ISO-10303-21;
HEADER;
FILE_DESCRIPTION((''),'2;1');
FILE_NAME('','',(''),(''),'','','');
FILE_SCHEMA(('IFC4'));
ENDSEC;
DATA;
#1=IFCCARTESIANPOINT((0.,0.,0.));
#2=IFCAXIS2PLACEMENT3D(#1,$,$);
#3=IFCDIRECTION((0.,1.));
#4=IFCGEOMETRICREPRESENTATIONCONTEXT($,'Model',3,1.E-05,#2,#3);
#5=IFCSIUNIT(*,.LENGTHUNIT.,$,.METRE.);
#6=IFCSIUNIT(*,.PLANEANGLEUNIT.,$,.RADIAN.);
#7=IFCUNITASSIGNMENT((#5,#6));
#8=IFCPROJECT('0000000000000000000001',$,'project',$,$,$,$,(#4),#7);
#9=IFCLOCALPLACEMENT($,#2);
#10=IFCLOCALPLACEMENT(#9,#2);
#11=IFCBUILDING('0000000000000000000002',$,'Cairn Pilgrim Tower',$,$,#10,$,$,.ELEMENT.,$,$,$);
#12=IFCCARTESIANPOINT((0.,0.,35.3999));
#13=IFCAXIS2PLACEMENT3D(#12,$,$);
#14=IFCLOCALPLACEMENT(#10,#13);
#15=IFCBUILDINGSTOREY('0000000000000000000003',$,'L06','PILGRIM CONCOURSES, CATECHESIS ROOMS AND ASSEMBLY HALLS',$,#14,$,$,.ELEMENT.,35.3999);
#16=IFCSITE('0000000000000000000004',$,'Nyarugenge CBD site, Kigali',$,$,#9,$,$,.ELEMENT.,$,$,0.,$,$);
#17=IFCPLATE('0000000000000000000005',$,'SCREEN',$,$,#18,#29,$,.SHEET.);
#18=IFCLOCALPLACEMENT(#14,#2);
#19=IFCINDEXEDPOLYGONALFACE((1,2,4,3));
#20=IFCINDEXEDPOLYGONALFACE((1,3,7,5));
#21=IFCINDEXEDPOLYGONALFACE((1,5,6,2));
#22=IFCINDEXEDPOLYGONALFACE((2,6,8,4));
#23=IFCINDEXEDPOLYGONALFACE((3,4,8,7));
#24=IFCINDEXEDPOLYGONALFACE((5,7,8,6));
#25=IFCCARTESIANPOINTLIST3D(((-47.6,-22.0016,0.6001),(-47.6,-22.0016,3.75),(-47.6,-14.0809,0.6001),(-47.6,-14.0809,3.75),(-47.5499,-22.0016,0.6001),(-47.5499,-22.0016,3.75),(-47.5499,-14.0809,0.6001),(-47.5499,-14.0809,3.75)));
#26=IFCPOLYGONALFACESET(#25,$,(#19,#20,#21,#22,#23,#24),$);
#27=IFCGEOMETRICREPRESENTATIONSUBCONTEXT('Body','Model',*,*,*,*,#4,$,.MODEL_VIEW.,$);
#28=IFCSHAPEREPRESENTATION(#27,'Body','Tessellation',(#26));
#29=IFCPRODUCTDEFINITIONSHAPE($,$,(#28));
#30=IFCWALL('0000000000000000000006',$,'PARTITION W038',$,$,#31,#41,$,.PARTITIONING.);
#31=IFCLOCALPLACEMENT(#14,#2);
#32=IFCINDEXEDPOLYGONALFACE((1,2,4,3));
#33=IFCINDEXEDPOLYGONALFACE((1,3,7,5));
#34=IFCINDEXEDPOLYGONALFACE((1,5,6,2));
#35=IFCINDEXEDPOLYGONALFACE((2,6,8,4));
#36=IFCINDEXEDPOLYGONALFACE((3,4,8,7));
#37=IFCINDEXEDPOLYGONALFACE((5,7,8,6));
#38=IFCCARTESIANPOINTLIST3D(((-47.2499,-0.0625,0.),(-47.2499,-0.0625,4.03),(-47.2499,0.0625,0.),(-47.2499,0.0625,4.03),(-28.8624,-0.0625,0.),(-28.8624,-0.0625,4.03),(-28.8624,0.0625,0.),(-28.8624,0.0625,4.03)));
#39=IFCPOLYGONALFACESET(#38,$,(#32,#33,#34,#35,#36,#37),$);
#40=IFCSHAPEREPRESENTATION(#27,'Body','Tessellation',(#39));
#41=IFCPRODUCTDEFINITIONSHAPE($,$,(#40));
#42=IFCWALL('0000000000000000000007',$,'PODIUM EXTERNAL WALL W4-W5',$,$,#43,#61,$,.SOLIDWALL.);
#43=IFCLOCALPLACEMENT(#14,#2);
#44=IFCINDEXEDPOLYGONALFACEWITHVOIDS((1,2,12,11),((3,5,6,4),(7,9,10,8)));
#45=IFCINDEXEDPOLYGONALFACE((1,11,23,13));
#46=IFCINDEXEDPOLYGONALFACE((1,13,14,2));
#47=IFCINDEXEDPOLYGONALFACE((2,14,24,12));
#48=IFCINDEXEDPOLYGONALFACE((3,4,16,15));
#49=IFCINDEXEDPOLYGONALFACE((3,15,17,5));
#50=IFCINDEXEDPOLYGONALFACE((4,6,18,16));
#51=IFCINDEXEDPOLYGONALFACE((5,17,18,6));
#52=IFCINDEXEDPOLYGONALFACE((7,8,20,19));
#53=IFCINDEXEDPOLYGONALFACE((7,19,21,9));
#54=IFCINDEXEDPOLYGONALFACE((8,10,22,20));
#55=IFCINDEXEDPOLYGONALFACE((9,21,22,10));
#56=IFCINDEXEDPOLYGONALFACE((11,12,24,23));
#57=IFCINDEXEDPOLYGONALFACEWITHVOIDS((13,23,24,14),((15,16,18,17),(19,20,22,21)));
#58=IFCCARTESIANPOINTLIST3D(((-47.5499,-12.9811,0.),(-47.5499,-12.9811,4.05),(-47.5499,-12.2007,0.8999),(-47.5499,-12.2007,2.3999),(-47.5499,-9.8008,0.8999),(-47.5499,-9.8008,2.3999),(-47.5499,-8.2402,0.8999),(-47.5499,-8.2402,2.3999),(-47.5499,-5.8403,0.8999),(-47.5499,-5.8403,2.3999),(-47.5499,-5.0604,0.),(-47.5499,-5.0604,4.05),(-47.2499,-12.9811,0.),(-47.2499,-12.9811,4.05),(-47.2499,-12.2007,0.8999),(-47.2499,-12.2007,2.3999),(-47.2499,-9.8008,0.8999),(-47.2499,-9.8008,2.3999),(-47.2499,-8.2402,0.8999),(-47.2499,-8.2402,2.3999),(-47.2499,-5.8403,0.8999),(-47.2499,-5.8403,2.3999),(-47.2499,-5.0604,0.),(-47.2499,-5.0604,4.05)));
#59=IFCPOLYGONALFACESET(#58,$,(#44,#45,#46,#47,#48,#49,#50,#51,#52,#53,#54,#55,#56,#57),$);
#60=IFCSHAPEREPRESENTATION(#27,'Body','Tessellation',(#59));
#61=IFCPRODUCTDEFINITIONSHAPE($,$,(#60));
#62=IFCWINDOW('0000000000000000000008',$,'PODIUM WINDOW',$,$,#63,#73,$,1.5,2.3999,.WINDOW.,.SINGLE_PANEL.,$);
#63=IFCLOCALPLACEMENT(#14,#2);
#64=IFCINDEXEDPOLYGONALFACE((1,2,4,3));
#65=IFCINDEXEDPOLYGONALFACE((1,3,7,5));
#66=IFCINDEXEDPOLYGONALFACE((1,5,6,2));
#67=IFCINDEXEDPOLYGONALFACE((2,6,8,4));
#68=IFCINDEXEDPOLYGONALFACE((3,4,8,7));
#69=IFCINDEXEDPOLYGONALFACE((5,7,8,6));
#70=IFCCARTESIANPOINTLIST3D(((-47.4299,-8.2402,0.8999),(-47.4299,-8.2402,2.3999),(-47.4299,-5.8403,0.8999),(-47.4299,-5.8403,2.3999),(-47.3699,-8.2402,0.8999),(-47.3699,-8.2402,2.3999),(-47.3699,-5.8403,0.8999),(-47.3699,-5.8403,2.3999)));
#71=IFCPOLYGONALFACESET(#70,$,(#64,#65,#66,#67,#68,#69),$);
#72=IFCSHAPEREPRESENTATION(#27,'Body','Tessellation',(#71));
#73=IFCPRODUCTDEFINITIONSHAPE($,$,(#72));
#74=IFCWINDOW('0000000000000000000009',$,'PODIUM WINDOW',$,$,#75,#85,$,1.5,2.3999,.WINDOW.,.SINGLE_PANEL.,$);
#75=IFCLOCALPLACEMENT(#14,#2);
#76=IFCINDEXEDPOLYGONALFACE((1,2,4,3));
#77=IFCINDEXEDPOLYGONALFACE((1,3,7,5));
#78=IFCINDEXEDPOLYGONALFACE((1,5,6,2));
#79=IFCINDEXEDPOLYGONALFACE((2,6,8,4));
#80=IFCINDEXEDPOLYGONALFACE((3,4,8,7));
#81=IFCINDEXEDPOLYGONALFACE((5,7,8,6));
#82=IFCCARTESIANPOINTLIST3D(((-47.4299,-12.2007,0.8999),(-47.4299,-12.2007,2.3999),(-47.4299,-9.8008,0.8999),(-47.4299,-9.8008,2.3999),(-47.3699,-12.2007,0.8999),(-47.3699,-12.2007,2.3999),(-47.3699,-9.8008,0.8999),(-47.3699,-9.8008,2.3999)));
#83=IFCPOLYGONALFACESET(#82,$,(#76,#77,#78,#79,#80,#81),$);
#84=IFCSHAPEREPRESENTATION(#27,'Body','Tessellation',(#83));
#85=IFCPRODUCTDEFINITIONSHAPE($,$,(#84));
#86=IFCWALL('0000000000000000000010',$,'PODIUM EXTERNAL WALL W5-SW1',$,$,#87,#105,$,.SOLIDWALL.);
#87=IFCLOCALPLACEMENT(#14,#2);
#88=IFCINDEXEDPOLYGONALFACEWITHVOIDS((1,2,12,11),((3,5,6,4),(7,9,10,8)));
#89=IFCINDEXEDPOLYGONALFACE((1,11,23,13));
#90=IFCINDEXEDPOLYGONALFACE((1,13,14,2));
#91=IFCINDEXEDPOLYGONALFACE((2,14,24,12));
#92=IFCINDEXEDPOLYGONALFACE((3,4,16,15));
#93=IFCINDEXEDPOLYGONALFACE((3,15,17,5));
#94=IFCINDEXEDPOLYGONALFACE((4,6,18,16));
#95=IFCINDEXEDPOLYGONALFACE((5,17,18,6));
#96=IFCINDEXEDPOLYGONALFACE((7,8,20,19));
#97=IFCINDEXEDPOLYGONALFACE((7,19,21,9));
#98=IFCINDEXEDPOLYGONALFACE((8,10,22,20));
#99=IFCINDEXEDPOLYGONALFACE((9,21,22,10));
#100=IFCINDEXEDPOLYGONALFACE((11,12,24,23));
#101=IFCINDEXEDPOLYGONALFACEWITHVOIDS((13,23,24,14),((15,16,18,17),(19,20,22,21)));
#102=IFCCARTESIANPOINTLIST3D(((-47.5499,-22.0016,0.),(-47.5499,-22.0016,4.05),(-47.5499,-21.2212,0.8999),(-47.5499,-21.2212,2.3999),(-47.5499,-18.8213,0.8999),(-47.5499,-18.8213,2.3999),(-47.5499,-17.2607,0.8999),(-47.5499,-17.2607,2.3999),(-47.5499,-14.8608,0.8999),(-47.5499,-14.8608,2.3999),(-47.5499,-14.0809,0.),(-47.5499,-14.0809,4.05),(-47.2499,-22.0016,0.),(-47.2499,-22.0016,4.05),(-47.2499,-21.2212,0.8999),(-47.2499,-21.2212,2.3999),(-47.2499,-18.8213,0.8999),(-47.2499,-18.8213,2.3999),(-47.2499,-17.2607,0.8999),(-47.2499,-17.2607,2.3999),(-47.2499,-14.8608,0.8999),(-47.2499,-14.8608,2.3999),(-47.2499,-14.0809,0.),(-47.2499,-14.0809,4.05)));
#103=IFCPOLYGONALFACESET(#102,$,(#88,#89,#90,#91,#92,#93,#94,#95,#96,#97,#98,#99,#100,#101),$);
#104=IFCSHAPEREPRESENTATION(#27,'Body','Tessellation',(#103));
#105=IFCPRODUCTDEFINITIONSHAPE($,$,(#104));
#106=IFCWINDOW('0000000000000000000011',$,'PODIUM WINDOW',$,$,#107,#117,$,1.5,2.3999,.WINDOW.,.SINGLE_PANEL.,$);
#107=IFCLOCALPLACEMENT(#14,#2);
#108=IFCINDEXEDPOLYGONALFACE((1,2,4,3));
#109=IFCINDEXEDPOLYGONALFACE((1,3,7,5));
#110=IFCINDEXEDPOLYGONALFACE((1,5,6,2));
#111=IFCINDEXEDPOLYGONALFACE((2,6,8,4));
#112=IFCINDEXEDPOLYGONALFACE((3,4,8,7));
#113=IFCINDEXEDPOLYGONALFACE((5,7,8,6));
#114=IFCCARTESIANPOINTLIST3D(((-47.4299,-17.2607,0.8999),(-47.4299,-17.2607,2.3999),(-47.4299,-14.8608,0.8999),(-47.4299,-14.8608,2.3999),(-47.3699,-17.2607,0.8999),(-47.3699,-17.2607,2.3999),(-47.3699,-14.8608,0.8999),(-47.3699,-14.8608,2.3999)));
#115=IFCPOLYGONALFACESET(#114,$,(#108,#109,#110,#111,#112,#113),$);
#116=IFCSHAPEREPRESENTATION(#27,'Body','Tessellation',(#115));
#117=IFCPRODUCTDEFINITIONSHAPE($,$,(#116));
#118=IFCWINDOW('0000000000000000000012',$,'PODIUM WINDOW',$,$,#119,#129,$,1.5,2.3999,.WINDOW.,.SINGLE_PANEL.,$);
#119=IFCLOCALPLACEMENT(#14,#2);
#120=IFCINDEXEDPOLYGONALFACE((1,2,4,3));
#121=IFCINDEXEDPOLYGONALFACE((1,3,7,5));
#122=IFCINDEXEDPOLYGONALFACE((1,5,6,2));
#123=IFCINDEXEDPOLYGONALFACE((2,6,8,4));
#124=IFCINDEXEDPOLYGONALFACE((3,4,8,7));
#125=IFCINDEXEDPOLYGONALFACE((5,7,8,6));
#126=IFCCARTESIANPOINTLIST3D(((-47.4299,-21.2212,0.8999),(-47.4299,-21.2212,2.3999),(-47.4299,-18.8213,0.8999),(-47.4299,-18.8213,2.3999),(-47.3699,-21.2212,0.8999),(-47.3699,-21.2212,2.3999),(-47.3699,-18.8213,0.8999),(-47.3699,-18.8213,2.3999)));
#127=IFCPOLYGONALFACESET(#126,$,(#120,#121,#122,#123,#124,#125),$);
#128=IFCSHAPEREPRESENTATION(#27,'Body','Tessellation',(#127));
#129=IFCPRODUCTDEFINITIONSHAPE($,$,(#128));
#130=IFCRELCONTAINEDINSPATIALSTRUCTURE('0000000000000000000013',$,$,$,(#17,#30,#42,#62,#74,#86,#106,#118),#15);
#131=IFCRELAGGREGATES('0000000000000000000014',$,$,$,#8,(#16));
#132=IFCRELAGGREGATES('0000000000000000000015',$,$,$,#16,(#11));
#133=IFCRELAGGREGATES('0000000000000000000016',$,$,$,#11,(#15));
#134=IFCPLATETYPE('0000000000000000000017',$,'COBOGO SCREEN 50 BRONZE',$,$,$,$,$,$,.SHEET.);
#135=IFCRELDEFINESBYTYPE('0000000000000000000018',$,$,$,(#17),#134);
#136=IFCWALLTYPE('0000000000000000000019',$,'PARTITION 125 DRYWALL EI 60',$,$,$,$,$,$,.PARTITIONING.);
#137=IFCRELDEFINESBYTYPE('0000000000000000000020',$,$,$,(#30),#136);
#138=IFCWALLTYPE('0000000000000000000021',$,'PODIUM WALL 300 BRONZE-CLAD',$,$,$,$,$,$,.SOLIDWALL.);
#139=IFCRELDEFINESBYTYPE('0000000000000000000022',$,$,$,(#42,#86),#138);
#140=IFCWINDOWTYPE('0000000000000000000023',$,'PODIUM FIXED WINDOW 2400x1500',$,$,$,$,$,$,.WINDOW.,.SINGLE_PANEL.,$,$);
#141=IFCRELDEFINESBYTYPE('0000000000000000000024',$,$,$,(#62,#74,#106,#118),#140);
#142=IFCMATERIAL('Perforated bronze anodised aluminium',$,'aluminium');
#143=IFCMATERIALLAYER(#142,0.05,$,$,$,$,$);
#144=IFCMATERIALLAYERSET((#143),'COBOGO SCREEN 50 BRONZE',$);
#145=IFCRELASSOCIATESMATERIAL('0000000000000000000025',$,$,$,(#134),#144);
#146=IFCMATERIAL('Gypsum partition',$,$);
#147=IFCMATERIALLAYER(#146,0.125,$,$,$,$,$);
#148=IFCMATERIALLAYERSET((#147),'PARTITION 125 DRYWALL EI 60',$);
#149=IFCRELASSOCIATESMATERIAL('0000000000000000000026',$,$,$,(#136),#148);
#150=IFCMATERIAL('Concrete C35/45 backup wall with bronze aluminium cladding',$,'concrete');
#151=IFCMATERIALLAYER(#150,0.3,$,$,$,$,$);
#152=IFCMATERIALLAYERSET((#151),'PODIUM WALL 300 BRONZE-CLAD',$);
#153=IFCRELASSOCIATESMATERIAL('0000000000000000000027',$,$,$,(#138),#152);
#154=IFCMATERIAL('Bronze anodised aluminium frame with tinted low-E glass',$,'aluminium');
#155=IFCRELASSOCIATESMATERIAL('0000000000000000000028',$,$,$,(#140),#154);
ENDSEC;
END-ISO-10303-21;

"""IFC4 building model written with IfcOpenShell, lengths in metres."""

from ifc_helpers import new_model, si_unit, direction, frame, frame_2d, origin, origin_2d, place, context, subcontext, project, spatial, rectangle, extrude, material, layer, layer_set, type_object, element, fill, save


model = new_model("IFC4")

# Units and contexts
model_context = context("Model", 3, precision=1e-05, world=origin(), true_north=direction((0.0, 1.0)))
body_context = subcontext(model_context, "Body", "Model", "MODEL_VIEW")
ifc_project = project(units=[si_unit("LENGTHUNIT", "METRE"), si_unit("PLANEANGLEUNIT", "RADIAN")], contexts=[model_context])

# Site, building, storey
site_placement = place(None, origin())
site = spatial("IfcSite", under=ifc_project, at=site_placement, Name="Nyarugenge CBD site, Kigali", CompositionType="ELEMENT", RefElevation=0.0)
building_placement = place(site_placement, origin())
building = spatial("IfcBuilding", under=site, at=building_placement, Name="Cairn Pilgrim Tower", CompositionType="ELEMENT")
storey_placement = place(building_placement, frame((0.0, 0.0, 35.3999)))
storey = spatial("IfcBuildingStorey", under=building, at=storey_placement, Name="L06", Description="PILGRIM CONCOURSES, CATECHESIS ROOMS AND ASSEMBLY HALLS", CompositionType="ELEMENT", Elevation=35.3999)

# Plate
ifc_material_1 = material(Name="Perforated bronze anodised aluminium", Category="aluminium")
ifc_layer_1 = layer(ifc_material_1, 0.05)
ifc_layer_set_1 = layer_set([ifc_layer_1], Name="COBOGO SCREEN 50 BRONZE")
plate_type_1 = type_object("IfcPlateType", Name="COBOGO SCREEN 50 BRONZE", PredefinedType="SHEET", material=ifc_layer_set_1)
for number, where, z_axis, x_axis, name in (
    (1, (-47.575, -18.0413, 0.6001), (0.0, 0.0, 1.0), (0.0, -1.0, 0.0), "SCREEN"),
):
    element("IfcPlate", number, at=place(storey_placement, frame(where, z_axis=z_axis, x_axis=x_axis)), inside=storey, type_object=plate_type_1, Name=name, PredefinedType="SHEET", context=body_context, shape_type="SweptSolid", body=[
        extrude(rectangle(XDim=7.9207, YDim=0.05, at=origin_2d()), origin(), (0.0, 0.0, 1.0), 3.1499),
    ])

# Wall
ifc_material_2 = material(Name="Gypsum partition")
ifc_layer_2 = layer(ifc_material_2, 0.125)
ifc_layer_set_2 = layer_set([ifc_layer_2], Name="PARTITION 125 DRYWALL EI 60")
wall_type_1 = type_object("IfcWallType", Name="PARTITION 125 DRYWALL EI 60", PredefinedType="PARTITIONING", material=ifc_layer_set_2)
wall_1_placement = place(storey_placement, frame((-47.25, 0.0, 0.0), z_axis=(0.0, 0.0, 1.0), x_axis=(1.0, 0.0, 0.0)))
element("IfcWall", 2, at=wall_1_placement, inside=storey, type_object=wall_type_1, Name="PARTITION W038", PredefinedType="PARTITIONING", context=body_context, shape_type="SweptSolid", body=[
    extrude(rectangle(XDim=18.3875, YDim=0.125, at=frame_2d((9.1938, 0.0))), origin(), (0.0, 0.0, 1.0), 4.03),
])

# Walls, openings, windows
ifc_material_3 = material(Name="Concrete C35/45 backup wall with bronze aluminium cladding", Category="concrete")
ifc_layer_3 = layer(ifc_material_3, 0.3)
ifc_layer_set_3 = layer_set([ifc_layer_3], Name="PODIUM WALL 300 BRONZE-CLAD")
wall_type_2 = type_object("IfcWallType", Name="PODIUM WALL 300 BRONZE-CLAD", PredefinedType="SOLIDWALL", material=ifc_layer_set_3)
wall_2_placement = place(storey_placement, frame((-47.3999, -5.0603, 0.0), z_axis=(0.0, 0.0, 1.0), x_axis=(0.0, -1.0, 0.0)))
wall_2 = element("IfcWall", 3, at=wall_2_placement, inside=storey, type_object=wall_type_2, Name="PODIUM EXTERNAL WALL W4-W5", PredefinedType="SOLIDWALL", context=body_context, shape_type="SweptSolid", body=[
    extrude(rectangle(XDim=7.9207, YDim=0.3, at=frame_2d((3.9604, 0.0))), origin(), (0.0, 0.0, 1.0), 4.05),
])
opening_1_placement = place(wall_2_placement, frame((0.78, 0.0, 0.8999)))
opening_1 = element("IfcOpeningElement", 4, at=opening_1_placement, cuts=wall_2, PredefinedType="OPENING", context=body_context, shape_type="SweptSolid", body=[
    extrude(rectangle(XDim=2.3999, YDim=1.5, at=frame_2d((1.2, 0.75))), frame((0.0, 0.1602, 0.0), z_axis=(0.0, -1.0, 0.0), x_axis=(1.0, 0.0, 0.0)), (0.0, 0.0, 1.0), 0.3201),
])
opening_2_placement = place(wall_2_placement, frame((4.7405, 0.0, 0.8999)))
opening_2 = element("IfcOpeningElement", 5, at=opening_2_placement, cuts=wall_2, PredefinedType="OPENING", context=body_context, shape_type="SweptSolid", body=[
    extrude(rectangle(XDim=2.3999, YDim=1.5, at=frame_2d((1.2, 0.75))), frame((0.0, 0.1602, 0.0), z_axis=(0.0, -1.0, 0.0), x_axis=(1.0, 0.0, 0.0)), (0.0, 0.0, 1.0), 0.3201),
])
ifc_material_4 = material(Name="Bronze anodised aluminium frame with tinted low-E glass", Category="aluminium")
window_type = type_object("IfcWindowType", Name="PODIUM FIXED WINDOW 2400x1500", PartitioningType="SINGLE_PANEL", PredefinedType="WINDOW", material=ifc_material_4)
window_1_placement = place(opening_1_placement, origin())
window_1 = element("IfcWindow", 6, at=window_1_placement, inside=storey, type_object=window_type, Name="PODIUM WINDOW", OverallHeight=1.5, OverallWidth=2.3999, PartitioningType="SINGLE_PANEL", PredefinedType="WINDOW", context=body_context, shape_type="SweptSolid", body=[
    extrude(rectangle(XDim=2.3999, YDim=1.5, at=frame_2d((1.2, 0.75))), frame((0.0, 0.03, 0.0), z_axis=(0.0, -1.0, 0.0), x_axis=(1.0, 0.0, 0.0)), (0.0, 0.0, 1.0), 0.0601),
])
fill(opening_1, window_1)
window_2_placement = place(opening_2_placement, origin())
window_2 = element("IfcWindow", 7, at=window_2_placement, inside=storey, type_object=window_type, Name="PODIUM WINDOW", OverallHeight=1.5, OverallWidth=2.3999, PartitioningType="SINGLE_PANEL", PredefinedType="WINDOW", context=body_context, shape_type="SweptSolid", body=[
    extrude(rectangle(XDim=2.3999, YDim=1.5, at=frame_2d((1.2, 0.75))), frame((0.0, 0.03, 0.0), z_axis=(0.0, -1.0, 0.0), x_axis=(1.0, 0.0, 0.0)), (0.0, 0.0, 1.0), 0.0601),
])
fill(opening_2, window_2)
wall_3_placement = place(storey_placement, frame((-47.3999, -14.0808, 0.0), z_axis=(0.0, 0.0, 1.0), x_axis=(0.0, -1.0, 0.0)))
wall_3 = element("IfcWall", 8, at=wall_3_placement, inside=storey, type_object=wall_type_2, Name="PODIUM EXTERNAL WALL W5-SW1", PredefinedType="SOLIDWALL", context=body_context, shape_type="SweptSolid", body=[
    extrude(rectangle(XDim=7.9207, YDim=0.3, at=frame_2d((3.9604, 0.0))), origin(), (0.0, 0.0, 1.0), 4.05),
])
opening_3_placement = place(wall_3_placement, frame((0.78, 0.0, 0.8999)))
opening_3 = element("IfcOpeningElement", 9, at=opening_3_placement, cuts=wall_3, PredefinedType="OPENING", context=body_context, shape_type="SweptSolid", body=[
    extrude(rectangle(XDim=2.3999, YDim=1.5, at=frame_2d((1.2, 0.75))), frame((0.0, 0.1602, 0.0), z_axis=(0.0, -1.0, 0.0), x_axis=(1.0, 0.0, 0.0)), (0.0, 0.0, 1.0), 0.3201),
])
opening_4_placement = place(wall_3_placement, frame((4.7405, 0.0, 0.8999)))
opening_4 = element("IfcOpeningElement", 10, at=opening_4_placement, cuts=wall_3, PredefinedType="OPENING", context=body_context, shape_type="SweptSolid", body=[
    extrude(rectangle(XDim=2.3999, YDim=1.5, at=frame_2d((1.2, 0.75))), frame((0.0, 0.1602, 0.0), z_axis=(0.0, -1.0, 0.0), x_axis=(1.0, 0.0, 0.0)), (0.0, 0.0, 1.0), 0.3201),
])
window_3_placement = place(opening_3_placement, origin())
window_3 = element("IfcWindow", 11, at=window_3_placement, inside=storey, type_object=window_type, Name="PODIUM WINDOW", OverallHeight=1.5, OverallWidth=2.3999, PartitioningType="SINGLE_PANEL", PredefinedType="WINDOW", context=body_context, shape_type="SweptSolid", body=[
    extrude(rectangle(XDim=2.3999, YDim=1.5, at=frame_2d((1.2, 0.75))), frame((0.0, 0.03, 0.0), z_axis=(0.0, -1.0, 0.0), x_axis=(1.0, 0.0, 0.0)), (0.0, 0.0, 1.0), 0.0601),
])
fill(opening_3, window_3)
window_4_placement = place(opening_4_placement, origin())
window_4 = element("IfcWindow", 12, at=window_4_placement, inside=storey, type_object=window_type, Name="PODIUM WINDOW", OverallHeight=1.5, OverallWidth=2.3999, PartitioningType="SINGLE_PANEL", PredefinedType="WINDOW", context=body_context, shape_type="SweptSolid", body=[
    extrude(rectangle(XDim=2.3999, YDim=1.5, at=frame_2d((1.2, 0.75))), frame((0.0, 0.03, 0.0), z_axis=(0.0, -1.0, 0.0), x_axis=(1.0, 0.0, 0.0)), (0.0, 0.0, 1.0), 0.0601),
])
fill(opening_4, window_4)

save(model, "model.ifc")
